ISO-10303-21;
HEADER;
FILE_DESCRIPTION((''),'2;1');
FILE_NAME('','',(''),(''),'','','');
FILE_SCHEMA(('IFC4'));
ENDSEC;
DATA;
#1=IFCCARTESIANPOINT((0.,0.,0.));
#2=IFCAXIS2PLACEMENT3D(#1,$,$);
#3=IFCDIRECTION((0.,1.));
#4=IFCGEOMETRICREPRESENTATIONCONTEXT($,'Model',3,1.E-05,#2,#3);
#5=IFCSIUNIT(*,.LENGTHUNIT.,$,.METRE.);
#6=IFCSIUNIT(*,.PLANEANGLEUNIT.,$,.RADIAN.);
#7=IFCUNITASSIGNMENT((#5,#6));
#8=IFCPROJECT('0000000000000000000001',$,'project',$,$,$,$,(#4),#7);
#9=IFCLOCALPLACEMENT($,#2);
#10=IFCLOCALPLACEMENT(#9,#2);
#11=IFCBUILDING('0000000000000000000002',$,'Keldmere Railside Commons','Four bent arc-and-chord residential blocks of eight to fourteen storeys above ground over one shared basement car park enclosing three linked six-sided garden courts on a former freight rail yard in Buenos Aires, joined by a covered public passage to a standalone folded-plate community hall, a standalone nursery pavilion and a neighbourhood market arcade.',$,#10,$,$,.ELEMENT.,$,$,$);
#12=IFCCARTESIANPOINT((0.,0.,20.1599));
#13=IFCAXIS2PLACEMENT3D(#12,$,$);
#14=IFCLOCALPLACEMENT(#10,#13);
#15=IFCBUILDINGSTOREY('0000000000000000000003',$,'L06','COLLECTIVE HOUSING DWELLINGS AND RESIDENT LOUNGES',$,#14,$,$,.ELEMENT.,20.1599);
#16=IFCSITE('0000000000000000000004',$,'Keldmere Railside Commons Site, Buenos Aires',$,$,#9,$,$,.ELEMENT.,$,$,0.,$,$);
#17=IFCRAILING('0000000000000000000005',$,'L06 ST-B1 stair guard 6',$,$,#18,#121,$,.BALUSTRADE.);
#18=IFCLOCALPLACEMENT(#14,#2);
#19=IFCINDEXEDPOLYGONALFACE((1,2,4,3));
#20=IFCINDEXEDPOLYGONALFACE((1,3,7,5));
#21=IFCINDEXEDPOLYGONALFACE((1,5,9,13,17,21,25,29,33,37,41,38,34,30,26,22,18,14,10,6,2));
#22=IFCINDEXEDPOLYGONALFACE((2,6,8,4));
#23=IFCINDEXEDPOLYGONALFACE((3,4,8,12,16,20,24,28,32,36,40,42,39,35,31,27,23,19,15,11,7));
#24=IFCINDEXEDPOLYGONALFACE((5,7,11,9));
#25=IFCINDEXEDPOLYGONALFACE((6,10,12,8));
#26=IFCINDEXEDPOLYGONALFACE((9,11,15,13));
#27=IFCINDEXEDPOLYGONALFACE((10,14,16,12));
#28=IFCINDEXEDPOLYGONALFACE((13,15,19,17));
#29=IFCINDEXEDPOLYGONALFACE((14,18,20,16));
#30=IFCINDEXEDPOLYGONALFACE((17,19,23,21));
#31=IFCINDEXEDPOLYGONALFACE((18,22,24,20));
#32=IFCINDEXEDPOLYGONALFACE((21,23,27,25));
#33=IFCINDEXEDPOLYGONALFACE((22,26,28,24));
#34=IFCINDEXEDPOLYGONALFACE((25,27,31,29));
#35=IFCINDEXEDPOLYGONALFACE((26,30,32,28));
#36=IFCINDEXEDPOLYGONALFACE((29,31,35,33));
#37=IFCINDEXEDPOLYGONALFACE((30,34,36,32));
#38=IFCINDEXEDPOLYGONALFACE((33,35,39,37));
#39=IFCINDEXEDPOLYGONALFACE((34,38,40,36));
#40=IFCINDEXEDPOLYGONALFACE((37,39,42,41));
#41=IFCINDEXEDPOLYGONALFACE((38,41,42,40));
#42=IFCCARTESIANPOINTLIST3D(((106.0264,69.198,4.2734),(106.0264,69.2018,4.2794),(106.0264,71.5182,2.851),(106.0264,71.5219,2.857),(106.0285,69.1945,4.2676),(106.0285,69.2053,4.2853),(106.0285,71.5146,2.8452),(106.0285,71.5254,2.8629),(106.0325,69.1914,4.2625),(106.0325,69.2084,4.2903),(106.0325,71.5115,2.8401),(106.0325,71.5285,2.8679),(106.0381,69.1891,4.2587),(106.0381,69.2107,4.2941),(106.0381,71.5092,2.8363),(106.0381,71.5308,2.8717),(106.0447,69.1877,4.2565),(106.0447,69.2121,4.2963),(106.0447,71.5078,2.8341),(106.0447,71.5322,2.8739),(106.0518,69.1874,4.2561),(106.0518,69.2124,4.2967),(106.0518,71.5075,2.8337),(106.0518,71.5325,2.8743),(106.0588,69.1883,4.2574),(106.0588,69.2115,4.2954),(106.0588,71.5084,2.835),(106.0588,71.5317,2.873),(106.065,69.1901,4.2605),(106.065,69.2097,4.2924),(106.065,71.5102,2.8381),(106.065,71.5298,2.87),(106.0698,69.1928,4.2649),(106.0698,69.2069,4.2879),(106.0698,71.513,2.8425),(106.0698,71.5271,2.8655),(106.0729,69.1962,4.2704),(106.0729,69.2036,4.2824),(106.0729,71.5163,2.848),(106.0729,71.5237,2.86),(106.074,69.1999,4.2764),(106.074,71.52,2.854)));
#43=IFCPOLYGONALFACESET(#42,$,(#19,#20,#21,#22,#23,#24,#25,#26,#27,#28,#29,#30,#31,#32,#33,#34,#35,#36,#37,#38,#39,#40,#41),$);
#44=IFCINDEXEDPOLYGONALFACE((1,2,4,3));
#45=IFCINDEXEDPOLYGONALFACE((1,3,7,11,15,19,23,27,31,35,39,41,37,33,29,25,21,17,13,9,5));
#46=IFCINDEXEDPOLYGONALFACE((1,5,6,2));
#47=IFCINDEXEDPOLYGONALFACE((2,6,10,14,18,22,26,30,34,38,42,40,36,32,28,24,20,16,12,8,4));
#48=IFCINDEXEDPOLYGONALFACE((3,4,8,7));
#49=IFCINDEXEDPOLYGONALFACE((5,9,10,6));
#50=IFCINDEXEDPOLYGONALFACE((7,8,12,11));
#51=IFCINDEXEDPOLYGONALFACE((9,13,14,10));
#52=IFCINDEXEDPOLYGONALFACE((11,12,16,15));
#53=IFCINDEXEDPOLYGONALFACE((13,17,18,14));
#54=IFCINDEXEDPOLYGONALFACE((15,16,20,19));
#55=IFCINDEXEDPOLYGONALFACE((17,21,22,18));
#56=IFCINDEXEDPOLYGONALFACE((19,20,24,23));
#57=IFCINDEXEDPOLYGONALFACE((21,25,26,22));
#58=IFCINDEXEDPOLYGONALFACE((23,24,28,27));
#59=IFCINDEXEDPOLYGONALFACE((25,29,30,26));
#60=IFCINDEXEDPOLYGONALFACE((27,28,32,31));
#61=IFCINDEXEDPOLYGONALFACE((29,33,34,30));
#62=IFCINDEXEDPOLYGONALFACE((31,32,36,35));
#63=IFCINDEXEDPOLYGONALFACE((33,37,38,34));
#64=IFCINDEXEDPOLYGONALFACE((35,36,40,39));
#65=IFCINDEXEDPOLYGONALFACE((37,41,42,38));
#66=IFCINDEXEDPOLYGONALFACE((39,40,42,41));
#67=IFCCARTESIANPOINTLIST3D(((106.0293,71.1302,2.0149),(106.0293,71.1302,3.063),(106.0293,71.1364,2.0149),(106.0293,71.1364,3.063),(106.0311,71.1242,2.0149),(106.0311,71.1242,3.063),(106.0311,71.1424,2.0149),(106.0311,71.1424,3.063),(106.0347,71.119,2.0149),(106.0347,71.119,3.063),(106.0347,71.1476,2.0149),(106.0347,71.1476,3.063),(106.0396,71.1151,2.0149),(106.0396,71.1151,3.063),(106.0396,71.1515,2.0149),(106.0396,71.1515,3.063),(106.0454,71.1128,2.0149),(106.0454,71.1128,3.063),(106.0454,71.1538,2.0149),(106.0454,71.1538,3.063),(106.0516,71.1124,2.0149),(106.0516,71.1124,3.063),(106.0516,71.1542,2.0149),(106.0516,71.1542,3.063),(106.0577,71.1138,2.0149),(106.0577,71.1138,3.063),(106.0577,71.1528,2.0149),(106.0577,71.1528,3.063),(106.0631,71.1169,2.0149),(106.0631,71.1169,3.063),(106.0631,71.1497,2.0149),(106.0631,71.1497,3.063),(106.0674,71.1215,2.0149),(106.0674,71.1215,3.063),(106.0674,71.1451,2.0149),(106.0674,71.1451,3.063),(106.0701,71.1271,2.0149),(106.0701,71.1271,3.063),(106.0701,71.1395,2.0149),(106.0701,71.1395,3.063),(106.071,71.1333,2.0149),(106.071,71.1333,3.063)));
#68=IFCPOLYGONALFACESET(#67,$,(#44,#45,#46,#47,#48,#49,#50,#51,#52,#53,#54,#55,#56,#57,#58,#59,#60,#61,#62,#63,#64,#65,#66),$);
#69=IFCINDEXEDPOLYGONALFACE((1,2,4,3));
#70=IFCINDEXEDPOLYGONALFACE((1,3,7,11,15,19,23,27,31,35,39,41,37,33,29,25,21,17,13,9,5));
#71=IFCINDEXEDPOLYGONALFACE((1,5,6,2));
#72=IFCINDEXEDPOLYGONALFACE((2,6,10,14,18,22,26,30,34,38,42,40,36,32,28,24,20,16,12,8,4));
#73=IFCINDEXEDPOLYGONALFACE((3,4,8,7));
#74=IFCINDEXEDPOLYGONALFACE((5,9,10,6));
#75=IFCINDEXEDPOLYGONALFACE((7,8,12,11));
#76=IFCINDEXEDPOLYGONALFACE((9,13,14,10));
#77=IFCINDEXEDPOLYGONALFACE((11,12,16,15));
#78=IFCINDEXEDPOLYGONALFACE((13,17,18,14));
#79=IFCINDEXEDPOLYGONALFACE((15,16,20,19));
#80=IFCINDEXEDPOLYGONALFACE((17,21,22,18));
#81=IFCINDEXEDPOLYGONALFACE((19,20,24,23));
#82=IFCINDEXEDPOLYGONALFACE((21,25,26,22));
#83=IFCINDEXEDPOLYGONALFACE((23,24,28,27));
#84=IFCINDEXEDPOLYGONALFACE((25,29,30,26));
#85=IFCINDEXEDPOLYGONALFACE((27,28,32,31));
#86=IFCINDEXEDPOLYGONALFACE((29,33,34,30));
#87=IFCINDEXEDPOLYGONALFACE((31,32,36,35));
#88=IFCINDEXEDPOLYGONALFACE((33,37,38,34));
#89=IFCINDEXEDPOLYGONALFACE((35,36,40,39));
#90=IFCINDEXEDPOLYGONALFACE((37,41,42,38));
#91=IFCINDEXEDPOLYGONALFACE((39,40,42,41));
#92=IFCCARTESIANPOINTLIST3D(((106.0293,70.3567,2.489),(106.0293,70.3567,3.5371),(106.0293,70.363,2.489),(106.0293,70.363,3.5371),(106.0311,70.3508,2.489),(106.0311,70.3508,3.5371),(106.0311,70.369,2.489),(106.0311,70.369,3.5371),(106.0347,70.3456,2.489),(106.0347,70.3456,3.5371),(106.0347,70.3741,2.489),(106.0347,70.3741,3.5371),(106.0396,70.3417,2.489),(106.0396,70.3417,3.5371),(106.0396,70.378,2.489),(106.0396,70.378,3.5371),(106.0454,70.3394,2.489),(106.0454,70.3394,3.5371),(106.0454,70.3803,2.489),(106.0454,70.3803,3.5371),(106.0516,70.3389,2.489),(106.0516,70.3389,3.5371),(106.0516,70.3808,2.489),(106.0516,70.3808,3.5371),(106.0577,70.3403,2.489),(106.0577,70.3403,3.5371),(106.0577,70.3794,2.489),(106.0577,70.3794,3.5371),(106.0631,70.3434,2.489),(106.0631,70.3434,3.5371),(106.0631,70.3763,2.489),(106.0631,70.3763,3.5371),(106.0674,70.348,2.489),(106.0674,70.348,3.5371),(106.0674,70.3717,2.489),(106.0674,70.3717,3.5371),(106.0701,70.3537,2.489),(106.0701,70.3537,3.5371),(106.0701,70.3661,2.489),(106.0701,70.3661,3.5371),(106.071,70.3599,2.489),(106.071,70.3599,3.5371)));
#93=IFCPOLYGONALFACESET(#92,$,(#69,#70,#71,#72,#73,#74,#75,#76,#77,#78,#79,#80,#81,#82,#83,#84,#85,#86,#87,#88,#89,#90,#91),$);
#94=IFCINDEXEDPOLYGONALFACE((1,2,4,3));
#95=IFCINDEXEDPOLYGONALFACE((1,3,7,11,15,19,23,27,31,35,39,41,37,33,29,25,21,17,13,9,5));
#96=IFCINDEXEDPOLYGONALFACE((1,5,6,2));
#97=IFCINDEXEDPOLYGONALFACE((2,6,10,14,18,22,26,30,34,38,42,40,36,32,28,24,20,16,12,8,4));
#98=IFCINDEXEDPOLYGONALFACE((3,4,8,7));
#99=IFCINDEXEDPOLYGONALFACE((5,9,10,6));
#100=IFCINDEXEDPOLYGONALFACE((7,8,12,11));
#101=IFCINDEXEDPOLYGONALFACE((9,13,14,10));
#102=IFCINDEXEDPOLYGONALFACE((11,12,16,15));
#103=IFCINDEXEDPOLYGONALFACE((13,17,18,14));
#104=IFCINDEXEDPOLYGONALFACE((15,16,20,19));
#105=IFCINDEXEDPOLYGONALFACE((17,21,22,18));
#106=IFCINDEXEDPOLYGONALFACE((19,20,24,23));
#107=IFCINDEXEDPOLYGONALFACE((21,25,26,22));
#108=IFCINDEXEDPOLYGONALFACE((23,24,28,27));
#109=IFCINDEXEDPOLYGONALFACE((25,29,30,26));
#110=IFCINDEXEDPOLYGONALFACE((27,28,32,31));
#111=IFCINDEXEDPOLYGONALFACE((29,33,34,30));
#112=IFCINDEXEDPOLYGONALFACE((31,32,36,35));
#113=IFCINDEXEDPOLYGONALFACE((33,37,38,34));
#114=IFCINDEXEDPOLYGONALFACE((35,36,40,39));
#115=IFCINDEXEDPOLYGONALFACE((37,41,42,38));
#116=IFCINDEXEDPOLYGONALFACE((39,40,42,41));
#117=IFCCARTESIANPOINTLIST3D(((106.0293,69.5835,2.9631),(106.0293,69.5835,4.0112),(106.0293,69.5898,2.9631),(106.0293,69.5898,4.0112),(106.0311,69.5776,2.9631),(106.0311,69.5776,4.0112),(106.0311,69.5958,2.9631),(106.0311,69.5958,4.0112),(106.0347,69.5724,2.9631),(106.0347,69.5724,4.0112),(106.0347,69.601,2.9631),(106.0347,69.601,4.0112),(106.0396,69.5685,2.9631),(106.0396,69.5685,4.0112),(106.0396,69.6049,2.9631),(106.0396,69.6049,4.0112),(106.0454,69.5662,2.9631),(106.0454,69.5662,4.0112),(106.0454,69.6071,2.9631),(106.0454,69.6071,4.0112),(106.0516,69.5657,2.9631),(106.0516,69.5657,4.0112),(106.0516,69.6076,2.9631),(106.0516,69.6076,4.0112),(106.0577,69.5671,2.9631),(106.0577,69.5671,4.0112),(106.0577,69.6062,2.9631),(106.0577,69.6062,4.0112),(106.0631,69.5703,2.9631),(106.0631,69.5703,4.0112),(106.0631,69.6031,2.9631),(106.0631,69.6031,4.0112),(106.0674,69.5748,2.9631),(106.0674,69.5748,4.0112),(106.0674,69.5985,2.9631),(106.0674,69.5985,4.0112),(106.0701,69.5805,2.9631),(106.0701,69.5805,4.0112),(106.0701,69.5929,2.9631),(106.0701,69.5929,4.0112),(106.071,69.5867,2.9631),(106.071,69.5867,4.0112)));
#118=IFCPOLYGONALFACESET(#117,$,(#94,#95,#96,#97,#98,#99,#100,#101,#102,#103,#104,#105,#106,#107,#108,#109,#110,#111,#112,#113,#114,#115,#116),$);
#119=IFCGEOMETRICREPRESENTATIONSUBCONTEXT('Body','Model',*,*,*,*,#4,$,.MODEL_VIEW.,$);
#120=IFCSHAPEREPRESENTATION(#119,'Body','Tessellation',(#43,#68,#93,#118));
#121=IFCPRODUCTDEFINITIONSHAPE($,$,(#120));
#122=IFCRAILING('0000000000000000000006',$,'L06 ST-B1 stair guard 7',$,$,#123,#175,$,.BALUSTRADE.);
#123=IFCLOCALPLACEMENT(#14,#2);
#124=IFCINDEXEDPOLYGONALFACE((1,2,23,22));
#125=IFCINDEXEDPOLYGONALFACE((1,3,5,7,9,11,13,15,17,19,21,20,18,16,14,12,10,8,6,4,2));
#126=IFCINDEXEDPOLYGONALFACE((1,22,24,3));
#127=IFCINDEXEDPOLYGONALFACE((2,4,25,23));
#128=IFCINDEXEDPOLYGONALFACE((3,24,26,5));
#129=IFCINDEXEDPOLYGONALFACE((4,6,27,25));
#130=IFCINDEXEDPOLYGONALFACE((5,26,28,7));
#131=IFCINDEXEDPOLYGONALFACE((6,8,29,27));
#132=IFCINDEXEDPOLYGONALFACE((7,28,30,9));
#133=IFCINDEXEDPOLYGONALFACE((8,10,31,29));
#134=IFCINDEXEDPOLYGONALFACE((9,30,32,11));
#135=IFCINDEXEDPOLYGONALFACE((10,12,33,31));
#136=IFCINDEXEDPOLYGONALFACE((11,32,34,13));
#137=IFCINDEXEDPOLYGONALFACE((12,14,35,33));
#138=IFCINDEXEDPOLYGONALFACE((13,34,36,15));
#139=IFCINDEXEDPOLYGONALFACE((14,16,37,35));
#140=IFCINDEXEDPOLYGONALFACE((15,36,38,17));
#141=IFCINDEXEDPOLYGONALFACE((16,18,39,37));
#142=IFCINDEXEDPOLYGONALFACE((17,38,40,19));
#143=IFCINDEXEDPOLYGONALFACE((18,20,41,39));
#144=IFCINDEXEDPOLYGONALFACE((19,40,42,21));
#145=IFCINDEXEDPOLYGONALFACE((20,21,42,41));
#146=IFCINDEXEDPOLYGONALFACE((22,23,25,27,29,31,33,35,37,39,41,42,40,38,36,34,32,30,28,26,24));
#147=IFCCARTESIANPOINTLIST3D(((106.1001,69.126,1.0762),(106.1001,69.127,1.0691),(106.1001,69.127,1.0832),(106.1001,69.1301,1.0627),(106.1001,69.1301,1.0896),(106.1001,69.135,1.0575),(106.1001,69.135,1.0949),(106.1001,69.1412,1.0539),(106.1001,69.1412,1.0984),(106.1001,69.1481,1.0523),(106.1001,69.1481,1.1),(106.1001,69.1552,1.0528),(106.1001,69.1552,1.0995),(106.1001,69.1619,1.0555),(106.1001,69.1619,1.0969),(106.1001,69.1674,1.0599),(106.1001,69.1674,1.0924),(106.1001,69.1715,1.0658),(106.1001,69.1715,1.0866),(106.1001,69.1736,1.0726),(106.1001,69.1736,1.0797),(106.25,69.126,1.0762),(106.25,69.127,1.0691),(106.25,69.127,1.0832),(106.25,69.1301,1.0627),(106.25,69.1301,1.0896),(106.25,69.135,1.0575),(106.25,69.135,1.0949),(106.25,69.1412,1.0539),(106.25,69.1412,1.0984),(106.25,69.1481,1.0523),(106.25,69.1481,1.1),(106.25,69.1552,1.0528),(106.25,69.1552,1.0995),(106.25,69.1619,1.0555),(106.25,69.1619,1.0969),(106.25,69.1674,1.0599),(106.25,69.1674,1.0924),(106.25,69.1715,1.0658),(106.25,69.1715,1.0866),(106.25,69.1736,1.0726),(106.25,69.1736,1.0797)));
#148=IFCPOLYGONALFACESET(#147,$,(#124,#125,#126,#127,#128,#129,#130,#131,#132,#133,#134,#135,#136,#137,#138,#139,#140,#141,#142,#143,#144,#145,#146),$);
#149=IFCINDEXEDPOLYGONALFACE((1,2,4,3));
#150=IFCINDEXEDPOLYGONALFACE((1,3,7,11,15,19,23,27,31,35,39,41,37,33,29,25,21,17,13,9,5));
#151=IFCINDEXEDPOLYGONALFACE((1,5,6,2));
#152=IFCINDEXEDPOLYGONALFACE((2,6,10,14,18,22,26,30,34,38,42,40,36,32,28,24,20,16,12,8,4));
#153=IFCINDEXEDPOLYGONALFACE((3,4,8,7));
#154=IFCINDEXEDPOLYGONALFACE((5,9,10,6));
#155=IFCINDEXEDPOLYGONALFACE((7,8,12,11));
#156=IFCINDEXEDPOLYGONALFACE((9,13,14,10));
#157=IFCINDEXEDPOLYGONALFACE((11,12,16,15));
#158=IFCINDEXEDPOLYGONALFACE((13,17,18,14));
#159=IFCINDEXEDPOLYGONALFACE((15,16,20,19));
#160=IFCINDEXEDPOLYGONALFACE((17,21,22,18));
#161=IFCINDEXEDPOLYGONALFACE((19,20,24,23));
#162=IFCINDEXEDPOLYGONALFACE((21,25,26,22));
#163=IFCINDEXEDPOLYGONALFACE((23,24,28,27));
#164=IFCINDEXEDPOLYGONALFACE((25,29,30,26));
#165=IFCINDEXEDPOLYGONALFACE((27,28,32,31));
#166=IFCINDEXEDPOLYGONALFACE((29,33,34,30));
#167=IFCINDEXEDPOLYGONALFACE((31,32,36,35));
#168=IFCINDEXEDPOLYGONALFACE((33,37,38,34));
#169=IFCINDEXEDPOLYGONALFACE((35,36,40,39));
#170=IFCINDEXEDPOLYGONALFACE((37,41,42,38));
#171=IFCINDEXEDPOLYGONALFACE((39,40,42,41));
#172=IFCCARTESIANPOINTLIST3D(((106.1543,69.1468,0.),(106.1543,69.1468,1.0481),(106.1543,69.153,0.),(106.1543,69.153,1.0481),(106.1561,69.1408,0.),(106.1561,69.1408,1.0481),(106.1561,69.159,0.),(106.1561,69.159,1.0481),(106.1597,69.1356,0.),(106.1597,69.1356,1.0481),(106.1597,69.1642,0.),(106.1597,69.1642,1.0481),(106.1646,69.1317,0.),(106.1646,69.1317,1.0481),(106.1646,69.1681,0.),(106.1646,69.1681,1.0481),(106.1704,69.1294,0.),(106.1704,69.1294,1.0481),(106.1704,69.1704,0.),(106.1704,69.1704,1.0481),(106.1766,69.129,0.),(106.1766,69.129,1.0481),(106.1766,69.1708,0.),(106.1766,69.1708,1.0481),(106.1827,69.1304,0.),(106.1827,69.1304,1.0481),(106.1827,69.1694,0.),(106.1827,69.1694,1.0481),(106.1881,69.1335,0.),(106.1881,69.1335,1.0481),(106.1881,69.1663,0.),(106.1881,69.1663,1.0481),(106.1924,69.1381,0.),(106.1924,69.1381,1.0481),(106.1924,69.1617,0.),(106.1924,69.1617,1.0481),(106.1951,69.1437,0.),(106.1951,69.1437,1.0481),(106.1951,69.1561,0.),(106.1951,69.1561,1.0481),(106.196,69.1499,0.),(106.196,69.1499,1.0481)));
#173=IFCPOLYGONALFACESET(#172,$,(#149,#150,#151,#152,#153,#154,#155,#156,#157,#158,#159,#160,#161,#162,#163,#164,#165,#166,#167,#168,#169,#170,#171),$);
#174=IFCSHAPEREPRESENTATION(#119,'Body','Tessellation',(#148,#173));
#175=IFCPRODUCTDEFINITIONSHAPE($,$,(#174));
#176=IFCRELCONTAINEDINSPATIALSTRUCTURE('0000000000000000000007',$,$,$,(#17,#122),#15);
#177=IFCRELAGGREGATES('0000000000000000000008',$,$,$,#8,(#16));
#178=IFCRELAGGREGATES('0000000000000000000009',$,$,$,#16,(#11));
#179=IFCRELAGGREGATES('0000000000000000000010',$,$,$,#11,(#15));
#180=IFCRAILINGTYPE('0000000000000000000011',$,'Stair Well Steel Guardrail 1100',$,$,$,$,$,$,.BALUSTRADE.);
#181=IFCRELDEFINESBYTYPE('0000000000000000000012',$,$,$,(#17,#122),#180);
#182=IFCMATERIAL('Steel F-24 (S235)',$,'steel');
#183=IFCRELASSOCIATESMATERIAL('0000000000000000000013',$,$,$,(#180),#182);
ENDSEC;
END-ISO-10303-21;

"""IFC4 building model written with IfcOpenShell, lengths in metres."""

from ifc_helpers import new_model, si_unit, direction, frame, origin, origin_2d, place, context, subcontext, project, spatial, circle, extrude, material, type_object, element, save


model = new_model("IFC4")

# Units and contexts
model_context = context("Model", 3, precision=1e-05, world=origin(), true_north=direction((0.0, 1.0)))
body_context = subcontext(model_context, "Body", "Model", "MODEL_VIEW")
ifc_project = project(units=[si_unit("LENGTHUNIT", "METRE"), si_unit("PLANEANGLEUNIT", "RADIAN")], contexts=[model_context])

# Site, building, storey
site_placement = place(None, origin())
site = spatial("IfcSite", under=ifc_project, at=site_placement, Name="Keldmere Railside Commons Site, Buenos Aires", CompositionType="ELEMENT", RefElevation=0.0)
building_placement = place(site_placement, origin())
building = spatial("IfcBuilding", under=site, at=building_placement, Name="Keldmere Railside Commons", Description="Four bent arc-and-chord residential blocks of eight to fourteen storeys above ground over one shared basement car park enclosing three linked six-sided garden courts on a former freight rail yard in Buenos Aires, joined by a covered public passage to a standalone folded-plate community hall, a standalone nursery pavilion and a neighbourhood market arcade.", CompositionType="ELEMENT")
storey_placement = place(building_placement, frame((0.0, 0.0, 20.1599)))
storey = spatial("IfcBuildingStorey", under=building, at=storey_placement, Name="L06", Description="COLLECTIVE HOUSING DWELLINGS AND RESIDENT LOUNGES", CompositionType="ELEMENT", Elevation=20.1599)

# Shared definitions
ifc_material_1 = material(Name="Steel F-24 (S235)", Category="steel")

# Railings
railing_type_1 = type_object("IfcRailingType", Name="Stair Well Steel Guardrail 1100", PredefinedType="BALUSTRADE", material=ifc_material_1)
railing_1_placement = place(storey_placement, frame((106.05, 71.52, 1.7778)))
element("IfcRailing", 1, at=railing_1_placement, inside=storey, type_object=railing_type_1, Name="L06 ST-B1 stair guard 6", PredefinedType="BALUSTRADE", context=body_context, shape_type="SweptSolid", body=[
    extrude(circle(Radius=0.0239, at=origin_2d()), frame((0.0, 0.0, 1.0762), z_axis=(0.0, -0.852538, 0.522665), x_axis=(1.0, 0.0, 0.0)), (0.0, 0.0, 1.0), 2.7214),
    extrude(circle(Radius=0.021, at=origin_2d()), frame((0.0, -0.3867, 0.2371)), (0.0, 0.0, 1.0), 1.0481),
    extrude(circle(Radius=0.021, at=origin_2d()), frame((0.0, -1.1602, 0.7112)), (0.0, 0.0, 1.0), 1.0481),
    extrude(circle(Radius=0.021, at=origin_2d()), frame((0.0, -1.9333, 1.1853)), (0.0, 0.0, 1.0), 1.0481),
])
railing_2_placement = place(storey_placement, frame((106.25, 69.1499, 0.0)))
element("IfcRailing", 2, at=railing_2_placement, inside=storey, type_object=railing_type_1, Name="L06 ST-B1 stair guard 7", PredefinedType="BALUSTRADE", context=body_context, shape_type="SweptSolid", body=[
    extrude(circle(Radius=0.0239, at=origin_2d()), frame((0.0, 0.0, 1.0762), z_axis=(-1.0, 0.0, 0.0), x_axis=(0.0, -1.0, 0.0)), (0.0, 0.0, 1.0), 0.1499),
    extrude(circle(Radius=0.021, at=origin_2d()), frame((-0.075, 0.0, 0.0)), (0.0, 0.0, 1.0), 1.0481),
])

save(model, "model.ifc")
